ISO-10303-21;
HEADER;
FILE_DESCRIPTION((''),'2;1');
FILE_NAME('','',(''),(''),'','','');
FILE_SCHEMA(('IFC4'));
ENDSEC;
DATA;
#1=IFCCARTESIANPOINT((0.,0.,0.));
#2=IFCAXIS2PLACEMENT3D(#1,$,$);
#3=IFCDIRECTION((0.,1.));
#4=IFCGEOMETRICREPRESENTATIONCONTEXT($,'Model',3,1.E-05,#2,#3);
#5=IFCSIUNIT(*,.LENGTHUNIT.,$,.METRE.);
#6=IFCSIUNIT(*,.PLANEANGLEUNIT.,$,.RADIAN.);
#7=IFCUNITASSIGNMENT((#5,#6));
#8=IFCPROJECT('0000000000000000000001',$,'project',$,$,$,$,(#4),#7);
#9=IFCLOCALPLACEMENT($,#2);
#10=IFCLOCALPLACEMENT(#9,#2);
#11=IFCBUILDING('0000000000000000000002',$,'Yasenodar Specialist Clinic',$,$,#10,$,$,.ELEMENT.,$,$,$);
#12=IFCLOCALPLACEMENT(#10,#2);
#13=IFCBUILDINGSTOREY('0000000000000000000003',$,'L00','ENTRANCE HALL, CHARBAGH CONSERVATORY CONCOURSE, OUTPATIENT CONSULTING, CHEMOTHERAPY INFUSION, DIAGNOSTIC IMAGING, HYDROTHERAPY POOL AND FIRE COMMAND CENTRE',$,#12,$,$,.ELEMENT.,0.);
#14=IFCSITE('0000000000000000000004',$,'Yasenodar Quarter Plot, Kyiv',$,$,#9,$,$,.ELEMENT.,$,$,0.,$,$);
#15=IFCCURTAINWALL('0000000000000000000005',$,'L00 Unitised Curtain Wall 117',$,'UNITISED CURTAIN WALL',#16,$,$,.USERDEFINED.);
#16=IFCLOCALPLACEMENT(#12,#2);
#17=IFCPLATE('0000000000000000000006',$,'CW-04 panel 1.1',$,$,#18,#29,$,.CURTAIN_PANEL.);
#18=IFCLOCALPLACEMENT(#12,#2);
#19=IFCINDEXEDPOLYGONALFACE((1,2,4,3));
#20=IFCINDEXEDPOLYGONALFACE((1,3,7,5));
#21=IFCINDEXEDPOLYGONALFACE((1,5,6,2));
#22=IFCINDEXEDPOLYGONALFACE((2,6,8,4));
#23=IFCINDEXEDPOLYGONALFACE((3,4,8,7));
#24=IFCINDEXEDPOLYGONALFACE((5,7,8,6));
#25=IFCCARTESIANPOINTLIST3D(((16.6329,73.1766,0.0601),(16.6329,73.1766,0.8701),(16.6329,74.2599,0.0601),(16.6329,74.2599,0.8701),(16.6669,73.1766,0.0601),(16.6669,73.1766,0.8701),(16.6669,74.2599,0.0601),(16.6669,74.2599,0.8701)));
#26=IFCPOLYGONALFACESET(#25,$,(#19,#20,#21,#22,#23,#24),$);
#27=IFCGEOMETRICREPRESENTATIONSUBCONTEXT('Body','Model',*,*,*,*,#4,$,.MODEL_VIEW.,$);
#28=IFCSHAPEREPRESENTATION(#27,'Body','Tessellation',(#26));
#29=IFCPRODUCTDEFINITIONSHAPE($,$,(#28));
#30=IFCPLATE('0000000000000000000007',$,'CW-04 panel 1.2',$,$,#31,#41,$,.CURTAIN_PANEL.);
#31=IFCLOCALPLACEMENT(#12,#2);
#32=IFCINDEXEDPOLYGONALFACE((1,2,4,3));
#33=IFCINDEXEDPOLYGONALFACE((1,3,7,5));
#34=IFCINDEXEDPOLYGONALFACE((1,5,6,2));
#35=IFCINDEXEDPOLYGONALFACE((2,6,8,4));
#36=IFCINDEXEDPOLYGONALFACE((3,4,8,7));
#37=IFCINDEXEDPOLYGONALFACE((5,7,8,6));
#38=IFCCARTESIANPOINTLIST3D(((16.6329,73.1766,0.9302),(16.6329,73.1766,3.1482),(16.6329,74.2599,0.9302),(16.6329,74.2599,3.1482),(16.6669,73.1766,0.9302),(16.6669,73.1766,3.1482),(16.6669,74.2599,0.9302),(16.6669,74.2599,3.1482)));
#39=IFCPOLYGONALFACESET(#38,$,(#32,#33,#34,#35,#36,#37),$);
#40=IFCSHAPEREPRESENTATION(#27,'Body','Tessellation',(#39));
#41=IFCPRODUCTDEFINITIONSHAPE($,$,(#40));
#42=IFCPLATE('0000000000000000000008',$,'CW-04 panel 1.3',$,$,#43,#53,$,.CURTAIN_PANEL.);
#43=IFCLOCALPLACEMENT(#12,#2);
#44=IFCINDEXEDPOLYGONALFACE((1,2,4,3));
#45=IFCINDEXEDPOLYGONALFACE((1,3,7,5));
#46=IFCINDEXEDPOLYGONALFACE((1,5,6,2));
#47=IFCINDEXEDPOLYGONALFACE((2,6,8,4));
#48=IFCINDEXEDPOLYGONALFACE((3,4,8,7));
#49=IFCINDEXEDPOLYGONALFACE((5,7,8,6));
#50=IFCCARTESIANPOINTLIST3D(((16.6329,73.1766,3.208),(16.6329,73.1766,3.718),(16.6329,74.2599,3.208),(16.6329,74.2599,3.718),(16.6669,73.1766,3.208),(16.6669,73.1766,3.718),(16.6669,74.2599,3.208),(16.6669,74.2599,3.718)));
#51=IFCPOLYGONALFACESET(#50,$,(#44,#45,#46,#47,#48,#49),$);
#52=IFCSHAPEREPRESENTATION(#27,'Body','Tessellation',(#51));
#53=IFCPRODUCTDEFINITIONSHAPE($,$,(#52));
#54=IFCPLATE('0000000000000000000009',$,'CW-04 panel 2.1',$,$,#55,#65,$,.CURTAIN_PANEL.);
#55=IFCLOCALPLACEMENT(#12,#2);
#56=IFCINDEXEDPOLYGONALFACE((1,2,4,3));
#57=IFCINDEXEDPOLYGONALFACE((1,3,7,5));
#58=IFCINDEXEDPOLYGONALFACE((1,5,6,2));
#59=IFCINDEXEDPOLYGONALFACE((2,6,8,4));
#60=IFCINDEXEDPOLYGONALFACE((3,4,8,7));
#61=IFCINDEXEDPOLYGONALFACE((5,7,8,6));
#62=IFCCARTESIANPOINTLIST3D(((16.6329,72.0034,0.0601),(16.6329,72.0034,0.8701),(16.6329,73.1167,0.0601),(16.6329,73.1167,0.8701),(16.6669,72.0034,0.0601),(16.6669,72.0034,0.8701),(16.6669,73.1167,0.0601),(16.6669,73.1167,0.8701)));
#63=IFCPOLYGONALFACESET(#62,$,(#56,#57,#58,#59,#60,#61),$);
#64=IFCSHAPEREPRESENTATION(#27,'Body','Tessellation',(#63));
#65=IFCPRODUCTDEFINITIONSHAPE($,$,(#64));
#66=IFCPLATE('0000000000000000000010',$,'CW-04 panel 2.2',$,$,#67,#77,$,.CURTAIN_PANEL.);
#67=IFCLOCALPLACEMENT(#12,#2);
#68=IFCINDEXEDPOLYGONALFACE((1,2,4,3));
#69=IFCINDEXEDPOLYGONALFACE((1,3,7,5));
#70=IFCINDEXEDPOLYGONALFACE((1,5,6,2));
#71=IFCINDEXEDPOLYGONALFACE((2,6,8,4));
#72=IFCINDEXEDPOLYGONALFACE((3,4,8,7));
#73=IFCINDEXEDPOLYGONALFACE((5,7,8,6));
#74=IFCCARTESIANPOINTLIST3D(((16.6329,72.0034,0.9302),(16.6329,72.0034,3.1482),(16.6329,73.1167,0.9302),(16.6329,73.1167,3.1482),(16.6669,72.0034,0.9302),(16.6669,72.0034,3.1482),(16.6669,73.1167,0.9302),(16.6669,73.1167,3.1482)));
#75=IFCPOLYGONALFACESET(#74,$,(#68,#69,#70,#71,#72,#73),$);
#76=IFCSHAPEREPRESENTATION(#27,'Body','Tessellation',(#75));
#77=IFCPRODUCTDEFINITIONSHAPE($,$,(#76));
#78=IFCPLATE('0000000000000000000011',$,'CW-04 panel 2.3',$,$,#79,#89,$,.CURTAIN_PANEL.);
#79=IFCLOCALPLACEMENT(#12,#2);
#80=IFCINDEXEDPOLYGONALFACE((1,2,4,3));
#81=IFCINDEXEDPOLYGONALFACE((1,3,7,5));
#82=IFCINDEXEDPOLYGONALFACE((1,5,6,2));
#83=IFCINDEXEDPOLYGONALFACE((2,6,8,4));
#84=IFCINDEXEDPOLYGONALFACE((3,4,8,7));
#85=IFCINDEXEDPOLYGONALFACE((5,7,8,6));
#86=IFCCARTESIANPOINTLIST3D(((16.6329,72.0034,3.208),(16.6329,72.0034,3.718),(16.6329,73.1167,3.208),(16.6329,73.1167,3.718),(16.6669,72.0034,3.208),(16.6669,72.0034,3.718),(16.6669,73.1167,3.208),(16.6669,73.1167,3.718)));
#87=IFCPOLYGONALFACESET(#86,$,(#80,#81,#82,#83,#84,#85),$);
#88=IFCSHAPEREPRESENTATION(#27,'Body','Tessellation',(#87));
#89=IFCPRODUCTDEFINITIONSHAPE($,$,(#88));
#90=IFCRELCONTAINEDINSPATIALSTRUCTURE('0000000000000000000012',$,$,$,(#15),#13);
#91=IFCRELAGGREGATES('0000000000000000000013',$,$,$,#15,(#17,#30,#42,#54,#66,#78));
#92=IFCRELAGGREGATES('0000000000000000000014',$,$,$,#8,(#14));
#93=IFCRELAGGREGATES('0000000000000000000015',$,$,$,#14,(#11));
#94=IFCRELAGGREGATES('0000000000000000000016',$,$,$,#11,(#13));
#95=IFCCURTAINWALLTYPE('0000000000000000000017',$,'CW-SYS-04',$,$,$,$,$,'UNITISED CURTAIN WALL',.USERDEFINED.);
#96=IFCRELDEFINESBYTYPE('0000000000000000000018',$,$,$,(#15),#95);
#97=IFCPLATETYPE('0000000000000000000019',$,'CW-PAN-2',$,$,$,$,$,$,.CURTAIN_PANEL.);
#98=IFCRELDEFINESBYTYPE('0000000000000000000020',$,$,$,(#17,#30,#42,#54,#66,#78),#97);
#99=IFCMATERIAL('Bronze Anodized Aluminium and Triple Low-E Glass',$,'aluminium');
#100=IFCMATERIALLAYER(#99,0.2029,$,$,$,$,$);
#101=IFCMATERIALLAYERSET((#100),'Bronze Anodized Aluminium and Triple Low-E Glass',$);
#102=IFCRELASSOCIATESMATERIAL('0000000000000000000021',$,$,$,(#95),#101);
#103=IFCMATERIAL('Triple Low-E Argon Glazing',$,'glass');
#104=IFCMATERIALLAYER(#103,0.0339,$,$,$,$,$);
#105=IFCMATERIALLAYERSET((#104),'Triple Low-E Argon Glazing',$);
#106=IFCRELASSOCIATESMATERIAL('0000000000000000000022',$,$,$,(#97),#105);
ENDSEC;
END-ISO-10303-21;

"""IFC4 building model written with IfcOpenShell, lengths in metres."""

from ifc_helpers import new_model, si_unit, direction, frame, origin, origin_2d, place, context, subcontext, project, spatial, rectangle, extrude, material, layer, layer_set, type_object, element, aggregate, save


model = new_model("IFC4")

# Units and contexts
model_context = context("Model", 3, precision=1e-05, world=origin(), true_north=direction((0.0, 1.0)))
body_context = subcontext(model_context, "Body", "Model", "MODEL_VIEW")
ifc_project = project(units=[si_unit("LENGTHUNIT", "METRE"), si_unit("PLANEANGLEUNIT", "RADIAN")], contexts=[model_context])

# Site, building, storey
site_placement = place(None, origin())
site = spatial("IfcSite", under=ifc_project, at=site_placement, Name="Yasenodar Quarter Plot, Kyiv", CompositionType="ELEMENT", RefElevation=0.0)
building_placement = place(site_placement, origin())
building = spatial("IfcBuilding", under=site, at=building_placement, Name="Yasenodar Specialist Clinic", CompositionType="ELEMENT")
storey_placement = place(building_placement, origin())
storey = spatial("IfcBuildingStorey", under=building, at=storey_placement, Name="L00", Description="ENTRANCE HALL, CHARBAGH CONSERVATORY CONCOURSE, OUTPATIENT CONSULTING, CHEMOTHERAPY INFUSION, DIAGNOSTIC IMAGING, HYDROTHERAPY POOL AND FIRE COMMAND CENTRE", CompositionType="ELEMENT", Elevation=0.0)

# Curtain wall, plates
ifc_material_1 = material(Name="Bronze Anodized Aluminium and Triple Low-E Glass", Category="aluminium")
ifc_layer_1 = layer(ifc_material_1, 0.2029)
ifc_layer_set_1 = layer_set([ifc_layer_1], Name="Bronze Anodized Aluminium and Triple Low-E Glass")
curtain_wall_type = type_object("IfcCurtainWallType", Name="CW-SYS-04", ElementType="UNITISED CURTAIN WALL", PredefinedType="USERDEFINED", material=ifc_layer_set_1)
curtain_wall_placement = place(storey_placement, origin())
curtain_wall = element("IfcCurtainWall", 1, at=curtain_wall_placement, inside=storey, type_object=curtain_wall_type, Name="L00 Unitised Curtain Wall 117", ObjectType="UNITISED CURTAIN WALL", PredefinedType="USERDEFINED")
ifc_material_2 = material(Name="Triple Low-E Argon Glazing", Category="glass")
ifc_layer_2 = layer(ifc_material_2, 0.0339)
ifc_layer_set_2 = layer_set([ifc_layer_2], Name="Triple Low-E Argon Glazing")
plate_type = type_object("IfcPlateType", Name="CW-PAN-2", PredefinedType="CURTAIN_PANEL", material=ifc_layer_set_2)
plate_1_placement = place(storey_placement, frame((16.6499, 73.7183, 0.0601), z_axis=(0.0, 0.0, 1.0), x_axis=(0.0, -1.0, 0.0)))
plate_1 = element("IfcPlate", 2, at=plate_1_placement, type_object=plate_type, Name="CW-04 panel 1.1", PredefinedType="CURTAIN_PANEL", context=body_context, shape_type="SweptSolid", body=[
    extrude(rectangle(XDim=1.0833, YDim=0.0339, at=origin_2d()), origin(), (0.0, 0.0, 1.0), 0.8101),
])
plate_2_placement = place(storey_placement, frame((16.6499, 73.7183, 0.9302), z_axis=(0.0, 0.0, 1.0), x_axis=(0.0, -1.0, 0.0)))
plate_2 = element("IfcPlate", 3, at=plate_2_placement, type_object=plate_type, Name="CW-04 panel 1.2", PredefinedType="CURTAIN_PANEL", context=body_context, shape_type="SweptSolid", body=[
    extrude(rectangle(XDim=1.0833, YDim=0.0339, at=origin_2d()), origin(), (0.0, 0.0, 1.0), 2.218),
])
plate_3_placement = place(storey_placement, frame((16.6499, 73.7183, 3.208), z_axis=(0.0, 0.0, 1.0), x_axis=(0.0, -1.0, 0.0)))
plate_3 = element("IfcPlate", 4, at=plate_3_placement, type_object=plate_type, Name="CW-04 panel 1.3", PredefinedType="CURTAIN_PANEL", context=body_context, shape_type="SweptSolid", body=[
    extrude(rectangle(XDim=1.0833, YDim=0.0339, at=origin_2d()), origin(), (0.0, 0.0, 1.0), 0.51),
])
plate_4_placement = place(storey_placement, frame((16.6499, 72.5601, 0.0601), z_axis=(0.0, 0.0, 1.0), x_axis=(0.0, -1.0, 0.0)))
plate_4 = element("IfcPlate", 5, at=plate_4_placement, type_object=plate_type, Name="CW-04 panel 2.1", PredefinedType="CURTAIN_PANEL", context=body_context, shape_type="SweptSolid", body=[
    extrude(rectangle(XDim=1.1133, YDim=0.0339, at=origin_2d()), origin(), (0.0, 0.0, 1.0), 0.8101),
])
plate_5_placement = place(storey_placement, frame((16.6499, 72.5601, 0.9302), z_axis=(0.0, 0.0, 1.0), x_axis=(0.0, -1.0, 0.0)))
plate_5 = element("IfcPlate", 6, at=plate_5_placement, type_object=plate_type, Name="CW-04 panel 2.2", PredefinedType="CURTAIN_PANEL", context=body_context, shape_type="SweptSolid", body=[
    extrude(rectangle(XDim=1.1133, YDim=0.0339, at=origin_2d()), origin(), (0.0, 0.0, 1.0), 2.218),
])
plate_6_placement = place(storey_placement, frame((16.6499, 72.5601, 3.208), z_axis=(0.0, 0.0, 1.0), x_axis=(0.0, -1.0, 0.0)))
plate_6 = element("IfcPlate", 7, at=plate_6_placement, type_object=plate_type, Name="CW-04 panel 2.3", PredefinedType="CURTAIN_PANEL", context=body_context, shape_type="SweptSolid", body=[
    extrude(rectangle(XDim=1.1133, YDim=0.0339, at=origin_2d()), origin(), (0.0, 0.0, 1.0), 0.51),
])
aggregate(curtain_wall, [plate_1, plate_2, plate_3, plate_4, plate_5, plate_6])

save(model, "model.ifc")
